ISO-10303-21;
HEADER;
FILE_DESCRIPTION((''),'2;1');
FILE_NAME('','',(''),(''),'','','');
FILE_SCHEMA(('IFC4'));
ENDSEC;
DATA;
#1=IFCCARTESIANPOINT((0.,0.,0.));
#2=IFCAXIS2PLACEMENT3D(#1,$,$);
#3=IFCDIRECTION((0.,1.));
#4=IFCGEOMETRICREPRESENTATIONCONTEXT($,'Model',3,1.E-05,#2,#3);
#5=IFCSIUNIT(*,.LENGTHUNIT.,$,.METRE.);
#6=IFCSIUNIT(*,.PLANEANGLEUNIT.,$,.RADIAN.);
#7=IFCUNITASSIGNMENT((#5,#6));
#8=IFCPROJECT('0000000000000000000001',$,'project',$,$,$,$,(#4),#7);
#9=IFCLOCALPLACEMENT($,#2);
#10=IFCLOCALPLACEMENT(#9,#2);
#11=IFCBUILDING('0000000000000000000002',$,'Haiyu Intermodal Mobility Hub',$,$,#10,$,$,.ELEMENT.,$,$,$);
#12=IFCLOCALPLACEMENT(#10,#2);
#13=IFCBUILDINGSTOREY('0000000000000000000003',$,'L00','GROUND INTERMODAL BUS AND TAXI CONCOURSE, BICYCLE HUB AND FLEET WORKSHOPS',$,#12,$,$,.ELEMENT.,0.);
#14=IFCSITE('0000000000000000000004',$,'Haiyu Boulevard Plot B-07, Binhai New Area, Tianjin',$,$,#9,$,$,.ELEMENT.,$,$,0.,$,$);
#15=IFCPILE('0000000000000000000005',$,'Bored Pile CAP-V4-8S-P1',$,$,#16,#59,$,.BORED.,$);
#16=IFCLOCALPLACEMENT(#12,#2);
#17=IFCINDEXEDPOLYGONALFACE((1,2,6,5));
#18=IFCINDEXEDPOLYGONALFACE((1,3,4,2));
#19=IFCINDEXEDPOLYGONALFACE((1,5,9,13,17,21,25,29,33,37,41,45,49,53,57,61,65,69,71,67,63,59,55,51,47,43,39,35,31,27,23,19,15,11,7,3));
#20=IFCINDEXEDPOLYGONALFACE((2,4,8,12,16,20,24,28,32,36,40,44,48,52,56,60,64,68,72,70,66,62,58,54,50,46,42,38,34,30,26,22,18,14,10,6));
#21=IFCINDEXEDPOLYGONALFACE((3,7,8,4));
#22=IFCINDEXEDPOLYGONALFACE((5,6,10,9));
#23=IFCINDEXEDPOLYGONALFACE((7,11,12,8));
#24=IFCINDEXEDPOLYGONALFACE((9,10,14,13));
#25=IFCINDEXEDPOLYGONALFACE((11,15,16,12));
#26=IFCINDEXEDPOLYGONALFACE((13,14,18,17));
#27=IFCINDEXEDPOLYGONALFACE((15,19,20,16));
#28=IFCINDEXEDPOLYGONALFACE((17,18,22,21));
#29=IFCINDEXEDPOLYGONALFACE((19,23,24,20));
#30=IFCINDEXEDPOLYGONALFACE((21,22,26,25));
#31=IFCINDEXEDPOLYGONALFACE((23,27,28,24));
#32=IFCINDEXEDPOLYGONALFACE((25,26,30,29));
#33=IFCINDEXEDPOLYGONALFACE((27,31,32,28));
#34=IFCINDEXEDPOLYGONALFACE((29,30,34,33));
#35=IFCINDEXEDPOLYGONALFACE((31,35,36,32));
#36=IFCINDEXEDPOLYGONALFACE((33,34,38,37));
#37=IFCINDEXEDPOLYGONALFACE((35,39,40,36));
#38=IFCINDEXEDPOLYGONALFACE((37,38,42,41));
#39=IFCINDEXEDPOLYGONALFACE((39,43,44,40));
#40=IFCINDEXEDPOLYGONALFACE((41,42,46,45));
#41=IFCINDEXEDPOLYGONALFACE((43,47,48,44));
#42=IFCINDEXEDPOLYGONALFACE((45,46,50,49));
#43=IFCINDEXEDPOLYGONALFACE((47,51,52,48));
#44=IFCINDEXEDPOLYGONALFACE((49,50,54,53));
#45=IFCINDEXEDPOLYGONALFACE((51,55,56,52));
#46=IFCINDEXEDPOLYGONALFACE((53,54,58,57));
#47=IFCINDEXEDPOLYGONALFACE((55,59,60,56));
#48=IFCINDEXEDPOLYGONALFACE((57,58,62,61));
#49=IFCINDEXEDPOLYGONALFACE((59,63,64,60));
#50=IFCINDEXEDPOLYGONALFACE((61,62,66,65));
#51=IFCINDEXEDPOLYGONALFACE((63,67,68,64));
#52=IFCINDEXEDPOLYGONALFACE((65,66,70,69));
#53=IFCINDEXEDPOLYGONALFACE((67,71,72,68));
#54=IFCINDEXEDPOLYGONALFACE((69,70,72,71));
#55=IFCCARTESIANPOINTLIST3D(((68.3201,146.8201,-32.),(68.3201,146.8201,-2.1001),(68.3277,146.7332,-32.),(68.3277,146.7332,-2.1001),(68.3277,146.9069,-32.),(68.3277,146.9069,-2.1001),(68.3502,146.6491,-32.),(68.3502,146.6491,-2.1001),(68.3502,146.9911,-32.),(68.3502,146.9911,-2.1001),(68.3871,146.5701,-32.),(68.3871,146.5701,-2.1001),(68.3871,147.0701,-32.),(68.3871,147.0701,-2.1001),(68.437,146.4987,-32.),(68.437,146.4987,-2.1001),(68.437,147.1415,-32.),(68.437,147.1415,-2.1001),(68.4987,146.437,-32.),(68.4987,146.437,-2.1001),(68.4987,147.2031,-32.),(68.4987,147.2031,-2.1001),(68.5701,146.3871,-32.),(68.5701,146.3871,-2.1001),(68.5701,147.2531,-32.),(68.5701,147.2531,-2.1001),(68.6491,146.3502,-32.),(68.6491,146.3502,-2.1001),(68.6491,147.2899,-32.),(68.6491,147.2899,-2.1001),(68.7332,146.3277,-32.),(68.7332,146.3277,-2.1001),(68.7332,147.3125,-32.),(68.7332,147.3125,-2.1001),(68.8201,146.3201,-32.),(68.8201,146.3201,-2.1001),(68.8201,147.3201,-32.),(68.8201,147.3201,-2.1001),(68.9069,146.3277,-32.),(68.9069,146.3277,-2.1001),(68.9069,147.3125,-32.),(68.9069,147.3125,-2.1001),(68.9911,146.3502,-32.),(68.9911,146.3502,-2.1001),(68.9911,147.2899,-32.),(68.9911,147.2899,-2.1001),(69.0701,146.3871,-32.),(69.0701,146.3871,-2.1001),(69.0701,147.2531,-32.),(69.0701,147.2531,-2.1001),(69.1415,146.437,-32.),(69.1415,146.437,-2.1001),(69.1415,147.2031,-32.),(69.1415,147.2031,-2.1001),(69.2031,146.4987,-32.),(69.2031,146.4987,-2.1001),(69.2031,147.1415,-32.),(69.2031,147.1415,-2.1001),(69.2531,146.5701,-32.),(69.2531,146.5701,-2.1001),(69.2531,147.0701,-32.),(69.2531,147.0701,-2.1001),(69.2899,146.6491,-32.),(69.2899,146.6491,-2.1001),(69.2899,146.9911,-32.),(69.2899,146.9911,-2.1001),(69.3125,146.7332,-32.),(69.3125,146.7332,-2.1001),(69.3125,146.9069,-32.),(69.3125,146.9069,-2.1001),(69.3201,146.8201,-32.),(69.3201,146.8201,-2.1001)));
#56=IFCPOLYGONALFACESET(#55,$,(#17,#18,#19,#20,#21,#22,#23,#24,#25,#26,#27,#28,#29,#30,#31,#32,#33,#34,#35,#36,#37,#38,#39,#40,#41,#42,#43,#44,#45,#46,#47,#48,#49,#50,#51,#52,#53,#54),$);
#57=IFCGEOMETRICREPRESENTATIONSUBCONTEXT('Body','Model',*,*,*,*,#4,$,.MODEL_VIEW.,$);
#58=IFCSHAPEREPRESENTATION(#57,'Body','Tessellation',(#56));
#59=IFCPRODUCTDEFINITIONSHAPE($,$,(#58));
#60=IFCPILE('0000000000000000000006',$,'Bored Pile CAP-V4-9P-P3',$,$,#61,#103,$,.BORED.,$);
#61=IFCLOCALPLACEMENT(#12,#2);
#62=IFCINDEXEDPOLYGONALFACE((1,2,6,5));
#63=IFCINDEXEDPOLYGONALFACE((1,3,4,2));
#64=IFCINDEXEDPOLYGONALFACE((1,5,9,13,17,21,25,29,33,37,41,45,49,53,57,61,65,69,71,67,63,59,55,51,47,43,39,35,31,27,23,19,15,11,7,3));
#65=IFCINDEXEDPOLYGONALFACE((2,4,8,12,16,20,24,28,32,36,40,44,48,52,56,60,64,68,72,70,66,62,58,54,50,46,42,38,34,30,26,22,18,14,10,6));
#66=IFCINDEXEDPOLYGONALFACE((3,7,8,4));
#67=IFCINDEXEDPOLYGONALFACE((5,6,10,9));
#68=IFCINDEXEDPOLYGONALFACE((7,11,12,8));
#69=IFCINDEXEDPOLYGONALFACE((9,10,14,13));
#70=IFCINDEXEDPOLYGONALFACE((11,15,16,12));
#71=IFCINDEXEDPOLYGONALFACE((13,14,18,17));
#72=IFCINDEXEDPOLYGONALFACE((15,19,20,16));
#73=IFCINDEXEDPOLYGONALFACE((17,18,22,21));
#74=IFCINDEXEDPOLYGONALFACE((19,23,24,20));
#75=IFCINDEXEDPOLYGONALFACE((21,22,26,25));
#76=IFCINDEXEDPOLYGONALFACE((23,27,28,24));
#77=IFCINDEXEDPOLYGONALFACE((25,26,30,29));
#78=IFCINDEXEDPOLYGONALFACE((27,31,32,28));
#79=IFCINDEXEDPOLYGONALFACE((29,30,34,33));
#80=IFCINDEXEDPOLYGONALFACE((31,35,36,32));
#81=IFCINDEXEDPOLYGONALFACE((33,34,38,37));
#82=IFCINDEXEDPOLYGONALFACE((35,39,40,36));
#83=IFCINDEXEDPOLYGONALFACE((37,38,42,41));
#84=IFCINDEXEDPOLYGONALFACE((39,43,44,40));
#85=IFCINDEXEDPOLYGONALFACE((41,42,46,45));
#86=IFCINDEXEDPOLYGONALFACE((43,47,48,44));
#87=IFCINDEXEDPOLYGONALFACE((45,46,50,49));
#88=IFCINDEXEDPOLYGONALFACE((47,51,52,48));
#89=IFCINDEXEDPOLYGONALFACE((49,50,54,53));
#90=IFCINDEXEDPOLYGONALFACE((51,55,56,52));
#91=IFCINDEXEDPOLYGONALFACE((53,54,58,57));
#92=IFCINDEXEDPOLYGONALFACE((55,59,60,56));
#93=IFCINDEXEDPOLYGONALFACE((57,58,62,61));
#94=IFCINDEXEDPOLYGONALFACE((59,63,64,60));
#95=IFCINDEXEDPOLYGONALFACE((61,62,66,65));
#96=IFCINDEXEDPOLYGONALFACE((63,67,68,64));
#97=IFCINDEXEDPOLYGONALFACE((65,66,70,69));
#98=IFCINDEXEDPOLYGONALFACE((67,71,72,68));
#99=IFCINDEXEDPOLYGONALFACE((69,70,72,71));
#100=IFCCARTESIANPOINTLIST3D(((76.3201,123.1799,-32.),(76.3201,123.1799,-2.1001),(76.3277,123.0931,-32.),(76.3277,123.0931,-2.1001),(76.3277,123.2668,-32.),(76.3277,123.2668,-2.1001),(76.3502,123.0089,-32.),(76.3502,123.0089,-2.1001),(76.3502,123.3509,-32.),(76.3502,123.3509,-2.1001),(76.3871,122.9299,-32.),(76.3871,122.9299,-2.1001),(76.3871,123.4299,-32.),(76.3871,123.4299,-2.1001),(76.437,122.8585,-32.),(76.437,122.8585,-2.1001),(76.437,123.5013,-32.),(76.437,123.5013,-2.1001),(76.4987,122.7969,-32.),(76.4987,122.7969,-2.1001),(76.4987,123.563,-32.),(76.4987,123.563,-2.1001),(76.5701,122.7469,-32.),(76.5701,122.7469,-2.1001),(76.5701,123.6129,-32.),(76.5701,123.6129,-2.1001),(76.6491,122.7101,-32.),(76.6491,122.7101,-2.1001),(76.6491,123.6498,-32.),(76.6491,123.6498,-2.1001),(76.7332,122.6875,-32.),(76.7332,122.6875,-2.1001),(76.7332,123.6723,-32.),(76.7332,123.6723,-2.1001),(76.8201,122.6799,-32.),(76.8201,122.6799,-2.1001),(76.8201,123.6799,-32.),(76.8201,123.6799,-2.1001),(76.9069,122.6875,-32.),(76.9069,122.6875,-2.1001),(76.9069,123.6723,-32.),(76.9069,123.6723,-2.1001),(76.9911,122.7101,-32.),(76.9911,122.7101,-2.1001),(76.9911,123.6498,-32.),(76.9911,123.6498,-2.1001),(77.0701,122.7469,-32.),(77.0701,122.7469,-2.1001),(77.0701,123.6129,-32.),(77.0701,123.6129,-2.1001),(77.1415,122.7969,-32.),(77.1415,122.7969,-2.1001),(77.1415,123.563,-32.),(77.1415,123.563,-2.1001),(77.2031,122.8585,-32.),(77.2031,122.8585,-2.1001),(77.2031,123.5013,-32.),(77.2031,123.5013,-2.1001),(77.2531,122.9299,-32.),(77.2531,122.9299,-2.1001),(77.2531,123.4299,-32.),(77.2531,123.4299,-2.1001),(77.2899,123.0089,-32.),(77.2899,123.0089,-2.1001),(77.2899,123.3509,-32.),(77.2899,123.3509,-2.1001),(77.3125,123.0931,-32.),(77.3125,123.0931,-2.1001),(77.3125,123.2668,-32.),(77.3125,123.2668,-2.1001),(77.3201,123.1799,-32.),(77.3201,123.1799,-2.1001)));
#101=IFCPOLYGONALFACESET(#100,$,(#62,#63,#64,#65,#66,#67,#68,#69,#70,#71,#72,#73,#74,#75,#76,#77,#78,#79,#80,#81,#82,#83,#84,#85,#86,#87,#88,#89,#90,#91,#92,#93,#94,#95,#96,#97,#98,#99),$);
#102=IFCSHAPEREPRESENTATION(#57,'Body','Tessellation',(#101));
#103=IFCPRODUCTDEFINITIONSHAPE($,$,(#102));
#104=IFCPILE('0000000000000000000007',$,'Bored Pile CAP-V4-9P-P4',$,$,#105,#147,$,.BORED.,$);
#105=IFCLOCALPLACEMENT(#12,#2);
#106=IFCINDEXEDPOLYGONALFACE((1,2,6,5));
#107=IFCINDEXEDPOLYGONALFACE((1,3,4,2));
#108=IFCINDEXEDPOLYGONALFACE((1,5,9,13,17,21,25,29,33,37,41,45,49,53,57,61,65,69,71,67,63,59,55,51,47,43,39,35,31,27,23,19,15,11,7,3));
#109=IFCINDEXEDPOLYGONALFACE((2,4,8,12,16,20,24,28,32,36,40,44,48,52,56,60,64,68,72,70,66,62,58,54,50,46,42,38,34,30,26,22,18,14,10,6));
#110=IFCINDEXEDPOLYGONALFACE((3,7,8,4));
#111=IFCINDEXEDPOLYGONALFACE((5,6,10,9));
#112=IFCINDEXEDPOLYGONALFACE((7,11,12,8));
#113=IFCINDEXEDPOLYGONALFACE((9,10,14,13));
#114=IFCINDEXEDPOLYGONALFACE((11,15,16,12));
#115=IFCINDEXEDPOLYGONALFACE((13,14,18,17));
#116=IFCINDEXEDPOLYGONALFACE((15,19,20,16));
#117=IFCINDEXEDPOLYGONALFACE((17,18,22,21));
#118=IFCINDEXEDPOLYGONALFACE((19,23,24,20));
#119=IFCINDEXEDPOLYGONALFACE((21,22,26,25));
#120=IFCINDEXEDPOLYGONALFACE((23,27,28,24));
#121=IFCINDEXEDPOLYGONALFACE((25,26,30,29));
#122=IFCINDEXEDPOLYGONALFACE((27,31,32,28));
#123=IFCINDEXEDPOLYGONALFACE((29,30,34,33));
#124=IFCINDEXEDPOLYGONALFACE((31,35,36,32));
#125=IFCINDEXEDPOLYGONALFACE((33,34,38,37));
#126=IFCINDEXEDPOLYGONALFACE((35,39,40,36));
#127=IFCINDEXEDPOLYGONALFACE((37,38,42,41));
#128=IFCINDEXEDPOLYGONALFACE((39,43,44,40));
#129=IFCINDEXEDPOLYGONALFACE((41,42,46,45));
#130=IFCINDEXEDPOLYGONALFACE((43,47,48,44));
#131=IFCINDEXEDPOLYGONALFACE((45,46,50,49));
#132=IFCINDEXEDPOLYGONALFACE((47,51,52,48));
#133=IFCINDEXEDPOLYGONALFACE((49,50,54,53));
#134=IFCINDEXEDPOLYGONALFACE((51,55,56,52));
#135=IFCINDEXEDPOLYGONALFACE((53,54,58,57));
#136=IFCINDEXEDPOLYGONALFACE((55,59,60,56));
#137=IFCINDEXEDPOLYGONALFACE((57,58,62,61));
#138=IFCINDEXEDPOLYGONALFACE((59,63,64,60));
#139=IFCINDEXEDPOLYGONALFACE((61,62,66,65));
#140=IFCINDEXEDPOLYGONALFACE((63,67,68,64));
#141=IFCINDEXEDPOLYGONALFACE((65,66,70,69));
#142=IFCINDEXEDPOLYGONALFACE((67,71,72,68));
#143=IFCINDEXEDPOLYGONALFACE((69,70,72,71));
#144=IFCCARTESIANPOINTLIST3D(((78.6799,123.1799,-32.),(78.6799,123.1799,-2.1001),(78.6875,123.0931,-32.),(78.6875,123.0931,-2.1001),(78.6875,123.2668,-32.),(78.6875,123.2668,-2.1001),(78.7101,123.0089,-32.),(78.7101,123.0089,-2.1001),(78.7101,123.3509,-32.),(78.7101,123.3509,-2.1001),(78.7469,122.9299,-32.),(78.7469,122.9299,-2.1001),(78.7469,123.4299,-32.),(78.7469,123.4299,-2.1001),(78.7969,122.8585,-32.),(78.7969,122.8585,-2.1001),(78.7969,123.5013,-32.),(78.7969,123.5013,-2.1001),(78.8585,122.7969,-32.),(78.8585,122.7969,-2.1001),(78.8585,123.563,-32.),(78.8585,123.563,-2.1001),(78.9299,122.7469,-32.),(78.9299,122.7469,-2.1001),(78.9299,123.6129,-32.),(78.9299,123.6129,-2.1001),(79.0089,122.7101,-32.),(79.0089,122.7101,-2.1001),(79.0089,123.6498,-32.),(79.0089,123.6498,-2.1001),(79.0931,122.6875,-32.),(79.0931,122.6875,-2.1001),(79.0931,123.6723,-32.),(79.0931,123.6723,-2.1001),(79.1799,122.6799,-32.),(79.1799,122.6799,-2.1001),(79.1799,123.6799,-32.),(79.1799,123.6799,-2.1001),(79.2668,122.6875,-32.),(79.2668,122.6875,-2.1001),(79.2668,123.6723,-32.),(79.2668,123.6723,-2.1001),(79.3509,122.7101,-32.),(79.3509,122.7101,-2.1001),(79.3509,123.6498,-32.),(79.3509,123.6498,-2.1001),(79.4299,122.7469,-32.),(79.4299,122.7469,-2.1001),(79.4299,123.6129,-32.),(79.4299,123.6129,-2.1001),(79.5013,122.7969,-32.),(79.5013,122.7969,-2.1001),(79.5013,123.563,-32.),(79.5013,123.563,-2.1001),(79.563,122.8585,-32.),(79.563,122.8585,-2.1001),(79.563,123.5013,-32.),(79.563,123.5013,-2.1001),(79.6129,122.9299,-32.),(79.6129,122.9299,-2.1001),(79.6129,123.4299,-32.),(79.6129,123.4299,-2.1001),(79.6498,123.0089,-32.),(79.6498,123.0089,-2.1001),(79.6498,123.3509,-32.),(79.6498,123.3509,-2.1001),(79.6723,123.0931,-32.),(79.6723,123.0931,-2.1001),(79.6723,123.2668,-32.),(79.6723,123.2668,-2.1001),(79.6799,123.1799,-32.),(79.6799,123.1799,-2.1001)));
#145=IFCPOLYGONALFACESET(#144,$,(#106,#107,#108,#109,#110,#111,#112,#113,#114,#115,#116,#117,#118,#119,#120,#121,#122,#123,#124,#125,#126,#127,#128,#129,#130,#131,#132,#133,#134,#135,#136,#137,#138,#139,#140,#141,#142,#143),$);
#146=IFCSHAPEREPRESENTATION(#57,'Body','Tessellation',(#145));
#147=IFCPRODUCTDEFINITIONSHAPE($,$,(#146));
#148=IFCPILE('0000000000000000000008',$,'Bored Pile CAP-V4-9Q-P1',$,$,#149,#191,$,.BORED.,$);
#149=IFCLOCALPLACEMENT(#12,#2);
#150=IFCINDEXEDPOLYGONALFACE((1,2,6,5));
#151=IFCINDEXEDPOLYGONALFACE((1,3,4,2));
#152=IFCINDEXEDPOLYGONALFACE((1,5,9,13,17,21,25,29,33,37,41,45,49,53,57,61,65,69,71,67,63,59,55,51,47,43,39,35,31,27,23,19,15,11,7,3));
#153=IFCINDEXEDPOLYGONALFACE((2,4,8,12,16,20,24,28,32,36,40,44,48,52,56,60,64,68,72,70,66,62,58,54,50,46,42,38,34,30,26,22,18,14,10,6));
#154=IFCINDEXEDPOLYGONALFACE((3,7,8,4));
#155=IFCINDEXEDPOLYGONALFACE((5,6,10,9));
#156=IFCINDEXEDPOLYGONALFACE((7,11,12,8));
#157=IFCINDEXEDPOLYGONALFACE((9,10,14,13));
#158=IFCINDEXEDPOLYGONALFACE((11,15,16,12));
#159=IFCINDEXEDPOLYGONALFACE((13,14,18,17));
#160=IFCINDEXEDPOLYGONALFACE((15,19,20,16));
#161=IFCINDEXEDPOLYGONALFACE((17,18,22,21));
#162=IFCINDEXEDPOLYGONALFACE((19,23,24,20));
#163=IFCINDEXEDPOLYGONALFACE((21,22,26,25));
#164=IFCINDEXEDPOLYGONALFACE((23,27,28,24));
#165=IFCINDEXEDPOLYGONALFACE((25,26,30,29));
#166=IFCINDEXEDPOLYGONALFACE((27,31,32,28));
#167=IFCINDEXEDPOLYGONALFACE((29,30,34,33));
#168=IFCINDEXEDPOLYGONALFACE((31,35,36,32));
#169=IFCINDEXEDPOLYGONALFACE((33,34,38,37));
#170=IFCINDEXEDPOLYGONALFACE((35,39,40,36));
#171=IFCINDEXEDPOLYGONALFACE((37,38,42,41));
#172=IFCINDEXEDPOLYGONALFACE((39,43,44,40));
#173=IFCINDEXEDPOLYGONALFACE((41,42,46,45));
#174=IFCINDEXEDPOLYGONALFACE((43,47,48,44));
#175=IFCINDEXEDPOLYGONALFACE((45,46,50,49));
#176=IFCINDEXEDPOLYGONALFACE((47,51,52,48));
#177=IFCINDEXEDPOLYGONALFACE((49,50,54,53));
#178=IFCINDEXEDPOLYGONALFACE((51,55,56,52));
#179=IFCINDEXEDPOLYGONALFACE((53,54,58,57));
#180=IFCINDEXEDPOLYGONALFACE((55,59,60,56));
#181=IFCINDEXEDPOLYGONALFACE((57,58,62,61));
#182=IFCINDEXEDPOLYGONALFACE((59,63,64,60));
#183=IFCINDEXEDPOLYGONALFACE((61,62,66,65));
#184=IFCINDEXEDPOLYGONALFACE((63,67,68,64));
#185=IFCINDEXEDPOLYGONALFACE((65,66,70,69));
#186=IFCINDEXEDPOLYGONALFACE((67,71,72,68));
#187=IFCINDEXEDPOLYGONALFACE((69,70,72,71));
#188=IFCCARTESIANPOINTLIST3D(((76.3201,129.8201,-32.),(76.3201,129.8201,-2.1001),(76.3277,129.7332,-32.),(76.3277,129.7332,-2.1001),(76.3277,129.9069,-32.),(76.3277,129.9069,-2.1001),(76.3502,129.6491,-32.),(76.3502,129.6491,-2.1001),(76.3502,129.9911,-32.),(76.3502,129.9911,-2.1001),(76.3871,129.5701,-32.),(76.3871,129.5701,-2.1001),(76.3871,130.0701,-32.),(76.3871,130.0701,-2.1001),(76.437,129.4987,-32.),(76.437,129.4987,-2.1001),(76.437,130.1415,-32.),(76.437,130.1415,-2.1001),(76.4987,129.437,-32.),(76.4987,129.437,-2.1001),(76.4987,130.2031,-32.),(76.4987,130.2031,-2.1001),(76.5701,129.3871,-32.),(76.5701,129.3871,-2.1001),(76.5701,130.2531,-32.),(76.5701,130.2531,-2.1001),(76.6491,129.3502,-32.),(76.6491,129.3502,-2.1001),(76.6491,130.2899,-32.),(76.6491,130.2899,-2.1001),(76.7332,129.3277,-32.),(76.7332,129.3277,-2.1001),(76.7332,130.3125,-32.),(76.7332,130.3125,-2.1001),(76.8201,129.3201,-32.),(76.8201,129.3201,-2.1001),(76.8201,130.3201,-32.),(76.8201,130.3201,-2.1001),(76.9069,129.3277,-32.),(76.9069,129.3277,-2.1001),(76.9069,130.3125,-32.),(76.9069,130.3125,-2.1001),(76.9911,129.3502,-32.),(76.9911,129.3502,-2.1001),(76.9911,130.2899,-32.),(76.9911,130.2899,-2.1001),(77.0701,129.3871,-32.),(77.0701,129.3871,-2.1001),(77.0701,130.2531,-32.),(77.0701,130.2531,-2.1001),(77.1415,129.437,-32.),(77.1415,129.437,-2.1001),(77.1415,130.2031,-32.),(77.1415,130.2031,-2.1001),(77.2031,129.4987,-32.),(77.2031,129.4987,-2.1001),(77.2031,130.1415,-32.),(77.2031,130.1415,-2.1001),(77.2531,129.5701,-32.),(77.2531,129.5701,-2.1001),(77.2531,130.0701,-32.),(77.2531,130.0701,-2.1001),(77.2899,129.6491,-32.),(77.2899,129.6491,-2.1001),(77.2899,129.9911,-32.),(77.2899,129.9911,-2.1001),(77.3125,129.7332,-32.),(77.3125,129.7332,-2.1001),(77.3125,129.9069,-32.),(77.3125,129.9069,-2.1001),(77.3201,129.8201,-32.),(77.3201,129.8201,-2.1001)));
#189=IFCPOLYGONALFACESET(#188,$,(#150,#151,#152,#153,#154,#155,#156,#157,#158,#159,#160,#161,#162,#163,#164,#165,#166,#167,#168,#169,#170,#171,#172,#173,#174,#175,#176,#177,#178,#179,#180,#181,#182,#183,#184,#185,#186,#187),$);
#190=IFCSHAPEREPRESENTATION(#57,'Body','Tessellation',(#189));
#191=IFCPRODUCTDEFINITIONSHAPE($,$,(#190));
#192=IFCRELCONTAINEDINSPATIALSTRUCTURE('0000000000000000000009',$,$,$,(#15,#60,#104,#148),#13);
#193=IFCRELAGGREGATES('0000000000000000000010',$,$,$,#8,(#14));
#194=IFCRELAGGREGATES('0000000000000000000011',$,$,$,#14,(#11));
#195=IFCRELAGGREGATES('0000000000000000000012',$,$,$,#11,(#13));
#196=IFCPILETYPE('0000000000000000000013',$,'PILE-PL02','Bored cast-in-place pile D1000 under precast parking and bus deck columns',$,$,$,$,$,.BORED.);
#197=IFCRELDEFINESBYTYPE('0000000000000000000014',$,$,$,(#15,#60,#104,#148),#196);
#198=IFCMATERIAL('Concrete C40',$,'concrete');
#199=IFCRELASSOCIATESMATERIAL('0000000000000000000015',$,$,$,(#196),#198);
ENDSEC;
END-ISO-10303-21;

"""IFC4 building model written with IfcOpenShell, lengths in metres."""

from ifc_helpers import new_model, si_unit, direction, frame, origin, origin_2d, place, context, subcontext, project, spatial, circle, extrude, material, material_profile, profile_set, type_object, element, save


model = new_model("IFC4")

# Units and contexts
model_context = context("Model", 3, precision=1e-05, world=origin(), true_north=direction((0.0, 1.0)))
body_context = subcontext(model_context, "Body", "Model", "MODEL_VIEW")
ifc_project = project(units=[si_unit("LENGTHUNIT", "METRE"), si_unit("PLANEANGLEUNIT", "RADIAN")], contexts=[model_context])

# Site, building, storey
site_placement = place(None, origin())
site = spatial("IfcSite", under=ifc_project, at=site_placement, Name="Haiyu Boulevard Plot B-07, Binhai New Area, Tianjin", CompositionType="ELEMENT", RefElevation=0.0)
building_placement = place(site_placement, origin())
building = spatial("IfcBuilding", under=site, at=building_placement, Name="Haiyu Intermodal Mobility Hub", CompositionType="ELEMENT")
storey_placement = place(building_placement, origin())
storey = spatial("IfcBuildingStorey", under=building, at=storey_placement, Name="L00", Description="GROUND INTERMODAL BUS AND TAXI CONCOURSE, BICYCLE HUB AND FLEET WORKSHOPS", CompositionType="ELEMENT", Elevation=0.0)

# Shared definitions
ifc_material_1 = material(Name="Concrete C40", Category="concrete")

# Piles
ifc_material_profile_1 = material_profile(ifc_material_1, circle(Radius=0.5, at=origin_2d()), Name="PILE-D1000")
ifc_profile_set_1 = profile_set([ifc_material_profile_1], Name="Concrete C40")
pile_type = type_object("IfcPileType", Name="PILE-PL02", Description="Bored cast-in-place pile D1000 under precast parking and bus deck columns", PredefinedType="BORED", material=ifc_profile_set_1)
for number, where, z_axis, x_axis, name in (
    (1, (68.8201, 146.8201, -2.1001), (0.0, 0.0, -1.0), (1.0, 0.0, 0.0), "Bored Pile CAP-V4-8S-P1"),
    (2, (76.8201, 123.1799, -2.1001), (0.0, 0.0, -1.0), (1.0, 0.0, 0.0), "Bored Pile CAP-V4-9P-P3"),
    (3, (79.1799, 123.1799, -2.1001), (0.0, 0.0, -1.0), (1.0, 0.0, 0.0), "Bored Pile CAP-V4-9P-P4"),
    (4, (76.8201, 129.8201, -2.1001), (0.0, 0.0, -1.0), (1.0, 0.0, 0.0), "Bored Pile CAP-V4-9Q-P1"),
):
    element("IfcPile", number, at=place(storey_placement, frame(where, z_axis=z_axis, x_axis=x_axis)), inside=storey, type_object=pile_type, Name=name, PredefinedType="BORED", context=body_context, shape_type="SweptSolid", body=[
        extrude(circle(Radius=0.5, at=origin_2d()), origin(), (0.0, 0.0, 1.0), 29.8999),
    ])

save(model, "model.ifc")
